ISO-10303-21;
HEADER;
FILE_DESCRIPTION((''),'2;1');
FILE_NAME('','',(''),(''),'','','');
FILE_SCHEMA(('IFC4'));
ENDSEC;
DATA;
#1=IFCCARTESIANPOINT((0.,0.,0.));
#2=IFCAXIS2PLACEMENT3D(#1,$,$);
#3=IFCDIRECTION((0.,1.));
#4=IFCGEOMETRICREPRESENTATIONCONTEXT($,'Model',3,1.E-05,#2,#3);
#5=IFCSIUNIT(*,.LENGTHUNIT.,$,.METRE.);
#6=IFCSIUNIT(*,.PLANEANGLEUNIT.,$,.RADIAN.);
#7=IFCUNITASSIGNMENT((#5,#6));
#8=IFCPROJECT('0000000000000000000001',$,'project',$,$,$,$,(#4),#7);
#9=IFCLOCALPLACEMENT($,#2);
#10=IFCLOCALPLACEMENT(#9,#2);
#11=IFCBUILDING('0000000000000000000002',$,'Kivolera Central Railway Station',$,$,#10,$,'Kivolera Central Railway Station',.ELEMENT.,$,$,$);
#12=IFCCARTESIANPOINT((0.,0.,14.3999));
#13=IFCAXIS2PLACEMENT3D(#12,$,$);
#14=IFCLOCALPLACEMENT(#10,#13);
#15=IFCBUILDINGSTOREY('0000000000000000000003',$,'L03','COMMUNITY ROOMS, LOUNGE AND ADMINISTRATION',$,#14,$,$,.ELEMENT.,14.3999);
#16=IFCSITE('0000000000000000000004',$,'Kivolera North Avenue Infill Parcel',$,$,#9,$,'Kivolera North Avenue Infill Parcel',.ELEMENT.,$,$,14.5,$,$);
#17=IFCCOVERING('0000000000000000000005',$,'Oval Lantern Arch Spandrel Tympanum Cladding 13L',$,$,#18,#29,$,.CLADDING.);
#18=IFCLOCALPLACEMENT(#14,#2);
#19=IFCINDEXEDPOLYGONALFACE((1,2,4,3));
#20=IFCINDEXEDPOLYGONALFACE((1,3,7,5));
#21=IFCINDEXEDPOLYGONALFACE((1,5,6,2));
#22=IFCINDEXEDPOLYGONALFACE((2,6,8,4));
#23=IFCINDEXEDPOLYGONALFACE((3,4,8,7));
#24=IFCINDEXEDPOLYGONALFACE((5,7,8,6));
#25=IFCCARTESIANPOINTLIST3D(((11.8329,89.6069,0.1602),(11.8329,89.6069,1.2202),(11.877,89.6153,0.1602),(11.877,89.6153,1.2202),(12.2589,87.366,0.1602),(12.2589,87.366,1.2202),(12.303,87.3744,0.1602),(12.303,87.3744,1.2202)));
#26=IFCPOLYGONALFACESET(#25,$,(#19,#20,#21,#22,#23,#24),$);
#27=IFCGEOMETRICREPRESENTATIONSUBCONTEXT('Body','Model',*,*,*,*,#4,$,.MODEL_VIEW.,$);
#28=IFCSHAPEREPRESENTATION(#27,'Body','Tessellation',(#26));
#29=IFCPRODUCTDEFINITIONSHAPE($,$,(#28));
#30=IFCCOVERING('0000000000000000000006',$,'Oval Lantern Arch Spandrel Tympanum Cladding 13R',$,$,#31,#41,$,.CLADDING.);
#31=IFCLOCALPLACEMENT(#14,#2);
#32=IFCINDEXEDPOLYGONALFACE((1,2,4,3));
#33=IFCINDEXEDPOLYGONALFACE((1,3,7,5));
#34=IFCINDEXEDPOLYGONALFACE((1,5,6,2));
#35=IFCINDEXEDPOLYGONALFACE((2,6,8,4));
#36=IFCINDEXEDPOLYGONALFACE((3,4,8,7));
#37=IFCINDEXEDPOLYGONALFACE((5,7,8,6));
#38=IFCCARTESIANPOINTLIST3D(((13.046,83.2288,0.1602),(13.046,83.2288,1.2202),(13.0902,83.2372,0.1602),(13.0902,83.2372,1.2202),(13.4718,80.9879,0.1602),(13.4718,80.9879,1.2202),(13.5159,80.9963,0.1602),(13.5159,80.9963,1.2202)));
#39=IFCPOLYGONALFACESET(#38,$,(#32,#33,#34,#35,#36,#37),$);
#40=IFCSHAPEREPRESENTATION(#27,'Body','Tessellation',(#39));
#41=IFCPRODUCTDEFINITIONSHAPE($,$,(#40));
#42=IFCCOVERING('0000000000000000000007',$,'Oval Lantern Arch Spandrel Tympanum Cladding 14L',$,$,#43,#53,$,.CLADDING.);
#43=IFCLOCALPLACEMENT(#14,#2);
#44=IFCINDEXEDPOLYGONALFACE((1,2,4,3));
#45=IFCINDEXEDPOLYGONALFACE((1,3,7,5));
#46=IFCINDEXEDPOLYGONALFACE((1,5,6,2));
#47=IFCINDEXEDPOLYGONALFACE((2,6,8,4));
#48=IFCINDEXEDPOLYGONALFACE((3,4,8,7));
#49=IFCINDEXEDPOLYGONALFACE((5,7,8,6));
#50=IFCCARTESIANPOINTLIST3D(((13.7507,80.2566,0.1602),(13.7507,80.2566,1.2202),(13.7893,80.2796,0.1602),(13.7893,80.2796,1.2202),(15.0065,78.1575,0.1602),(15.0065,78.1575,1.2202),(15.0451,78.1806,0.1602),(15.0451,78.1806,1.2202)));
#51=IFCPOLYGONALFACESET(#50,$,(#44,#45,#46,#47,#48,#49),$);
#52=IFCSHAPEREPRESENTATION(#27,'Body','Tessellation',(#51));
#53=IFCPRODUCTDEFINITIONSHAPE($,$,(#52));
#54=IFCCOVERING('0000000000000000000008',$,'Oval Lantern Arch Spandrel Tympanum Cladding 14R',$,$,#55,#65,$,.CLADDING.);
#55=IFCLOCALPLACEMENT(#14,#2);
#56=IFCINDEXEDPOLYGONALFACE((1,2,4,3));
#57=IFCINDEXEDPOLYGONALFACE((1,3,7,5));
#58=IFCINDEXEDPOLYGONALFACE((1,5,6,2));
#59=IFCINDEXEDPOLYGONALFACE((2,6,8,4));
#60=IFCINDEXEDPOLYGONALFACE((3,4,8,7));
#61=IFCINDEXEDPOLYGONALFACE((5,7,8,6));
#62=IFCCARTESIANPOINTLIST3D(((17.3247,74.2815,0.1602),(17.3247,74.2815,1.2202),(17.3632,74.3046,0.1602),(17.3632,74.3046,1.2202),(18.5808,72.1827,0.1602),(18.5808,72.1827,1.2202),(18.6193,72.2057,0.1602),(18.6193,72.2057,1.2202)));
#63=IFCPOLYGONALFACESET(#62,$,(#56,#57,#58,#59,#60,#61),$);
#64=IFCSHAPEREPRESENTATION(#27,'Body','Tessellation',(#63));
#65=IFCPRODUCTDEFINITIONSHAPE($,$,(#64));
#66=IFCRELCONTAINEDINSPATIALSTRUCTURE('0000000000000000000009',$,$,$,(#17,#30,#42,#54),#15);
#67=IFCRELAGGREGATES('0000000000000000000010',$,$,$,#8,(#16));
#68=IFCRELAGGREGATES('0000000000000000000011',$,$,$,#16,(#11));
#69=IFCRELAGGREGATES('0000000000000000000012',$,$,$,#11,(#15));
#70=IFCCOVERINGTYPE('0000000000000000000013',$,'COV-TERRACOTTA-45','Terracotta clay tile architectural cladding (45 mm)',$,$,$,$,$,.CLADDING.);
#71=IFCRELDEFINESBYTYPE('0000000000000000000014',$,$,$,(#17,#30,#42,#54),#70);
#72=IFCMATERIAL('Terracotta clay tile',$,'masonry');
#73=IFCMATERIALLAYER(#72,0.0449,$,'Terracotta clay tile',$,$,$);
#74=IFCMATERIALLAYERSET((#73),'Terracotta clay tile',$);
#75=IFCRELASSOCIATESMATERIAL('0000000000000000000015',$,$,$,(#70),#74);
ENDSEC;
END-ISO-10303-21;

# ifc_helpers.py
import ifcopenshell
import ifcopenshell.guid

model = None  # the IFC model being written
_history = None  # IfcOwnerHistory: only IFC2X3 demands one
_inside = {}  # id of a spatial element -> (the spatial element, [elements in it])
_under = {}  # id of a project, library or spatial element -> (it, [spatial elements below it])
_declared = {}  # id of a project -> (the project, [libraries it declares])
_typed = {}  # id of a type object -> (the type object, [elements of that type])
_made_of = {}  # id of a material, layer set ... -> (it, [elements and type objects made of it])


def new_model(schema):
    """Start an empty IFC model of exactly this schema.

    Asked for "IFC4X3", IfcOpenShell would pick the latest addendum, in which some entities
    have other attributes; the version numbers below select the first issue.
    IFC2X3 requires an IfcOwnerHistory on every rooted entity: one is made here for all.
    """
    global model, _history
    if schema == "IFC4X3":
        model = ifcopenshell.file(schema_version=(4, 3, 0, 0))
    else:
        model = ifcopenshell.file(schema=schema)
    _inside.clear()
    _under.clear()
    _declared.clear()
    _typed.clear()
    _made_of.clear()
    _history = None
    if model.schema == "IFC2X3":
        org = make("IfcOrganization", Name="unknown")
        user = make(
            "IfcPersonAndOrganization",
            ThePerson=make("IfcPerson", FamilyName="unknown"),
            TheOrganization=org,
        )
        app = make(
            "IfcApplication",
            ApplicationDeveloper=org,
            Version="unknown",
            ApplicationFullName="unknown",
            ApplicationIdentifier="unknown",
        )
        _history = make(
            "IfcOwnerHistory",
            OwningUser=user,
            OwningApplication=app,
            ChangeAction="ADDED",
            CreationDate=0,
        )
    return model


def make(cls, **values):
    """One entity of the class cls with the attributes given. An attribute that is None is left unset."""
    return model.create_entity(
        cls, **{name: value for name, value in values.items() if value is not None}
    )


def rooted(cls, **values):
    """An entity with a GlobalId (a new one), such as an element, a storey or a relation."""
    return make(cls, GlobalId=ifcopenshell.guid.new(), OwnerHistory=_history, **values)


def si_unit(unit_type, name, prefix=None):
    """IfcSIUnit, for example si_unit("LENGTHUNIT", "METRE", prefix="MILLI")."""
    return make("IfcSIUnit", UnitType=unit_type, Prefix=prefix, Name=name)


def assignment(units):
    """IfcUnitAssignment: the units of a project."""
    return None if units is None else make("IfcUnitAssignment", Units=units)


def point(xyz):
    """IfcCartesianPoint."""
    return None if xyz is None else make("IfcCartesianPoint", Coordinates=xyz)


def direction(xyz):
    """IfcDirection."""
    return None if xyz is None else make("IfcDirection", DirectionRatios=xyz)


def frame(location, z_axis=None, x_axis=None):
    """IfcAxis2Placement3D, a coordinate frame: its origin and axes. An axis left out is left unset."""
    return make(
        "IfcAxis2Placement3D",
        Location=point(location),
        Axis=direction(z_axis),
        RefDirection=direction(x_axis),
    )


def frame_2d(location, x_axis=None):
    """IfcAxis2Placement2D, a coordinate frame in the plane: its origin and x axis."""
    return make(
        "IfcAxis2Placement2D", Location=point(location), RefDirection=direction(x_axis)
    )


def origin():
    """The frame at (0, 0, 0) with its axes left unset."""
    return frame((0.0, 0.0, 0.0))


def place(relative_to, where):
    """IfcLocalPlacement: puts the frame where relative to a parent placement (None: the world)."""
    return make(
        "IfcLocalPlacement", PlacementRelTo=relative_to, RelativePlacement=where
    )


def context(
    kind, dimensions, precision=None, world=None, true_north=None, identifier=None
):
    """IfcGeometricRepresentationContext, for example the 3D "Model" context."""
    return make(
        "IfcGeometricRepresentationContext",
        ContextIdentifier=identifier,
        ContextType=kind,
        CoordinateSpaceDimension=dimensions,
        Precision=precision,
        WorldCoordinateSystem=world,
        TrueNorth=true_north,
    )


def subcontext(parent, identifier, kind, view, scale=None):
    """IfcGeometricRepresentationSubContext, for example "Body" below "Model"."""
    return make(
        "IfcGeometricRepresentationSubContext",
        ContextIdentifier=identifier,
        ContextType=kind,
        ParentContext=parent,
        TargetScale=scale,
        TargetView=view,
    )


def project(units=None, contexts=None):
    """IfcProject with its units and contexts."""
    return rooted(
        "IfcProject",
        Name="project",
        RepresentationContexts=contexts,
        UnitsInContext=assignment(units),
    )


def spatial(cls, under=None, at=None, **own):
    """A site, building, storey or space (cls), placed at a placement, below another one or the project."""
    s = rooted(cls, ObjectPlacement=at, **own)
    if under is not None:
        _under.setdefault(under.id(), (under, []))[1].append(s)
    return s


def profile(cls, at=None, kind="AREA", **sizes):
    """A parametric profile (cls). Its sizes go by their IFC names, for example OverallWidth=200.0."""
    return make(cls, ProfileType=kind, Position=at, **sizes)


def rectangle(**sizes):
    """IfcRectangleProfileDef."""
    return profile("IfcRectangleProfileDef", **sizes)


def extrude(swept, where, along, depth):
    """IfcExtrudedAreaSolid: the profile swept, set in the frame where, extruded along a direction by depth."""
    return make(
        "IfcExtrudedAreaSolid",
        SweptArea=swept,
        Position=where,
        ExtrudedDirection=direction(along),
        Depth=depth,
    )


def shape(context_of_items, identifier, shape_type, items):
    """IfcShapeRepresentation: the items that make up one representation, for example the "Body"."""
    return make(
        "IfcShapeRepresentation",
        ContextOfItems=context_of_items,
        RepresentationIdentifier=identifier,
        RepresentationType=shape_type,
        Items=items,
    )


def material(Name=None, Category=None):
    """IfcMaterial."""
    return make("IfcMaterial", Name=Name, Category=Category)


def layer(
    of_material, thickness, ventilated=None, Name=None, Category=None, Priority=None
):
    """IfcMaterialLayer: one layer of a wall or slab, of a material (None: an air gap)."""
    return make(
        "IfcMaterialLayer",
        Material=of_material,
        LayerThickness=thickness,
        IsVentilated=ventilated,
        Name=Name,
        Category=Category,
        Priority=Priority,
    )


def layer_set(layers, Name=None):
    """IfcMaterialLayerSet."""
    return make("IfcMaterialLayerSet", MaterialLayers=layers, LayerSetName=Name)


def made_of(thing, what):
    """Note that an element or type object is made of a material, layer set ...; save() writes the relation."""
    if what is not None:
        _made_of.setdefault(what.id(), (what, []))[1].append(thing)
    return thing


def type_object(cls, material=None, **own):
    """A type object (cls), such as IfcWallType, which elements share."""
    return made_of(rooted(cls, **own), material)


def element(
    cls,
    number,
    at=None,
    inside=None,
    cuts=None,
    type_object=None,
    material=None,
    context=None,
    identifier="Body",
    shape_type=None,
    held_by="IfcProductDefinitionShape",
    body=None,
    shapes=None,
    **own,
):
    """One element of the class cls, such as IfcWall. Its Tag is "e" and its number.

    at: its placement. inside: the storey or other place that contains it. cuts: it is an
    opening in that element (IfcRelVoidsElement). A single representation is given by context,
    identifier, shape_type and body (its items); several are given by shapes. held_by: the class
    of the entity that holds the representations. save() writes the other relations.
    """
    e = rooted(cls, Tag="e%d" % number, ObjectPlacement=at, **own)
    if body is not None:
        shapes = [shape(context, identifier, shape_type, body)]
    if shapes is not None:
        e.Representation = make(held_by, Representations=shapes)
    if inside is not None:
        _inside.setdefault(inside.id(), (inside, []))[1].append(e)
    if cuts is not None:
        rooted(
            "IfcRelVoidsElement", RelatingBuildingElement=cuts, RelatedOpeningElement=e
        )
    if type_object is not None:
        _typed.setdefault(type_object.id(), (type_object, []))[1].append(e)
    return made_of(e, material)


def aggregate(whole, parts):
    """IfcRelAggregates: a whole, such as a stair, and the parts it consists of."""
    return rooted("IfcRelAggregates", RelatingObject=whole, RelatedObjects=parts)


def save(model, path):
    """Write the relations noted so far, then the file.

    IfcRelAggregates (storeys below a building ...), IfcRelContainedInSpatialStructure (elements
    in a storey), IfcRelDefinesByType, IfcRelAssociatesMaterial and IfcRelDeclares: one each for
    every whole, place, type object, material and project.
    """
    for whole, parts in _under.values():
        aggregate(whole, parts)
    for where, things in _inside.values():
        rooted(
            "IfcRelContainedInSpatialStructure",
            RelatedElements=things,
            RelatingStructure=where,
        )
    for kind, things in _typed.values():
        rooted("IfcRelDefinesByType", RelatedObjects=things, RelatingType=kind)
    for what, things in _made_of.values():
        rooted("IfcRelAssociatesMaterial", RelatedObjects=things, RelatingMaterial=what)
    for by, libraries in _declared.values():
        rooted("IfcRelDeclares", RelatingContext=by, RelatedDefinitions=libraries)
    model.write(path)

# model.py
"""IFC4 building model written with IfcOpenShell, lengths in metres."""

from ifc_helpers import new_model, si_unit, direction, frame, frame_2d, origin, place, context, subcontext, project, spatial, rectangle, extrude, material, layer, layer_set, type_object, element, save


model = new_model("IFC4")

# Units and contexts
model_context = context("Model", 3, precision=1e-05, world=origin(), true_north=direction((0.0, 1.0)))
body_context = subcontext(model_context, "Body", "Model", "MODEL_VIEW")
ifc_project = project(units=[si_unit("LENGTHUNIT", "METRE"), si_unit("PLANEANGLEUNIT", "RADIAN")], contexts=[model_context])

# Site, building, storey
site_placement = place(None, origin())
site = spatial("IfcSite", under=ifc_project, at=site_placement, Name="Kivolera North Avenue Infill Parcel", LongName="Kivolera North Avenue Infill Parcel", CompositionType="ELEMENT", RefElevation=14.5)
building_placement = place(site_placement, origin())
building = spatial("IfcBuilding", under=site, at=building_placement, Name="Kivolera Central Railway Station", LongName="Kivolera Central Railway Station", CompositionType="ELEMENT")
storey_placement = place(building_placement, frame((0.0, 0.0, 14.3999)))
storey = spatial("IfcBuildingStorey", under=building, at=storey_placement, Name="L03", Description="COMMUNITY ROOMS, LOUNGE AND ADMINISTRATION", CompositionType="ELEMENT", Elevation=14.3999)

# Coverings
ifc_material_1 = material(Name="Terracotta clay tile", Category="masonry")
ifc_layer_1 = layer(ifc_material_1, 0.0449, Name="Terracotta clay tile")
ifc_layer_set_1 = layer_set([ifc_layer_1], Name="Terracotta clay tile")
covering_type_1 = type_object("IfcCoveringType", Name="COV-TERRACOTTA-45", Description="Terracotta clay tile architectural cladding (45 mm)", PredefinedType="CLADDING", material=ifc_layer_set_1)
for number, where, z_axis, x_axis, name in (
    (1, (12.281, 87.3701, 0.1602), (0.0, 0.0, 1.0), (-0.186763, 0.982405, 0.0), "Oval Lantern Arch Spandrel Tympanum Cladding 13L"),
    (2, (13.4939, 80.9919, 0.1602), (0.0, 0.0, 1.0), (-0.18666, 0.982425, 0.0), "Oval Lantern Arch Spandrel Tympanum Cladding 13R"),
):
    element("IfcCovering", number, at=place(storey_placement, frame(where, z_axis=z_axis, x_axis=x_axis)), inside=storey, type_object=covering_type_1, Name=name, PredefinedType="CLADDING", context=body_context, shape_type="SweptSolid", body=[
        extrude(rectangle(XDim=2.281, YDim=0.0449, at=frame_2d((1.1406, 0.0))), origin(), (0.0, 0.0, 1.0), 1.0601),
    ])
for number, where, z_axis, x_axis, name in (
    (3, (15.0259, 78.1689, 0.1602), (0.0, 0.0, 1.0), (-0.513409, 0.858144, 0.0), "Oval Lantern Arch Spandrel Tympanum Cladding 14L"),
    (4, (18.6001, 72.1941, 0.1602), (0.0, 0.0, 1.0), (-0.513527, 0.858074, 0.0), "Oval Lantern Arch Spandrel Tympanum Cladding 14R"),
):
    element("IfcCovering", number, at=place(storey_placement, frame(where, z_axis=z_axis, x_axis=x_axis)), inside=storey, type_object=covering_type_1, Name=name, PredefinedType="CLADDING", context=body_context, shape_type="SweptSolid", body=[
        extrude(rectangle(XDim=2.446, YDim=0.0449, at=frame_2d((1.2231, 0.0))), origin(), (0.0, 0.0, 1.0), 1.0601),
    ])

save(model, "model.ifc")
